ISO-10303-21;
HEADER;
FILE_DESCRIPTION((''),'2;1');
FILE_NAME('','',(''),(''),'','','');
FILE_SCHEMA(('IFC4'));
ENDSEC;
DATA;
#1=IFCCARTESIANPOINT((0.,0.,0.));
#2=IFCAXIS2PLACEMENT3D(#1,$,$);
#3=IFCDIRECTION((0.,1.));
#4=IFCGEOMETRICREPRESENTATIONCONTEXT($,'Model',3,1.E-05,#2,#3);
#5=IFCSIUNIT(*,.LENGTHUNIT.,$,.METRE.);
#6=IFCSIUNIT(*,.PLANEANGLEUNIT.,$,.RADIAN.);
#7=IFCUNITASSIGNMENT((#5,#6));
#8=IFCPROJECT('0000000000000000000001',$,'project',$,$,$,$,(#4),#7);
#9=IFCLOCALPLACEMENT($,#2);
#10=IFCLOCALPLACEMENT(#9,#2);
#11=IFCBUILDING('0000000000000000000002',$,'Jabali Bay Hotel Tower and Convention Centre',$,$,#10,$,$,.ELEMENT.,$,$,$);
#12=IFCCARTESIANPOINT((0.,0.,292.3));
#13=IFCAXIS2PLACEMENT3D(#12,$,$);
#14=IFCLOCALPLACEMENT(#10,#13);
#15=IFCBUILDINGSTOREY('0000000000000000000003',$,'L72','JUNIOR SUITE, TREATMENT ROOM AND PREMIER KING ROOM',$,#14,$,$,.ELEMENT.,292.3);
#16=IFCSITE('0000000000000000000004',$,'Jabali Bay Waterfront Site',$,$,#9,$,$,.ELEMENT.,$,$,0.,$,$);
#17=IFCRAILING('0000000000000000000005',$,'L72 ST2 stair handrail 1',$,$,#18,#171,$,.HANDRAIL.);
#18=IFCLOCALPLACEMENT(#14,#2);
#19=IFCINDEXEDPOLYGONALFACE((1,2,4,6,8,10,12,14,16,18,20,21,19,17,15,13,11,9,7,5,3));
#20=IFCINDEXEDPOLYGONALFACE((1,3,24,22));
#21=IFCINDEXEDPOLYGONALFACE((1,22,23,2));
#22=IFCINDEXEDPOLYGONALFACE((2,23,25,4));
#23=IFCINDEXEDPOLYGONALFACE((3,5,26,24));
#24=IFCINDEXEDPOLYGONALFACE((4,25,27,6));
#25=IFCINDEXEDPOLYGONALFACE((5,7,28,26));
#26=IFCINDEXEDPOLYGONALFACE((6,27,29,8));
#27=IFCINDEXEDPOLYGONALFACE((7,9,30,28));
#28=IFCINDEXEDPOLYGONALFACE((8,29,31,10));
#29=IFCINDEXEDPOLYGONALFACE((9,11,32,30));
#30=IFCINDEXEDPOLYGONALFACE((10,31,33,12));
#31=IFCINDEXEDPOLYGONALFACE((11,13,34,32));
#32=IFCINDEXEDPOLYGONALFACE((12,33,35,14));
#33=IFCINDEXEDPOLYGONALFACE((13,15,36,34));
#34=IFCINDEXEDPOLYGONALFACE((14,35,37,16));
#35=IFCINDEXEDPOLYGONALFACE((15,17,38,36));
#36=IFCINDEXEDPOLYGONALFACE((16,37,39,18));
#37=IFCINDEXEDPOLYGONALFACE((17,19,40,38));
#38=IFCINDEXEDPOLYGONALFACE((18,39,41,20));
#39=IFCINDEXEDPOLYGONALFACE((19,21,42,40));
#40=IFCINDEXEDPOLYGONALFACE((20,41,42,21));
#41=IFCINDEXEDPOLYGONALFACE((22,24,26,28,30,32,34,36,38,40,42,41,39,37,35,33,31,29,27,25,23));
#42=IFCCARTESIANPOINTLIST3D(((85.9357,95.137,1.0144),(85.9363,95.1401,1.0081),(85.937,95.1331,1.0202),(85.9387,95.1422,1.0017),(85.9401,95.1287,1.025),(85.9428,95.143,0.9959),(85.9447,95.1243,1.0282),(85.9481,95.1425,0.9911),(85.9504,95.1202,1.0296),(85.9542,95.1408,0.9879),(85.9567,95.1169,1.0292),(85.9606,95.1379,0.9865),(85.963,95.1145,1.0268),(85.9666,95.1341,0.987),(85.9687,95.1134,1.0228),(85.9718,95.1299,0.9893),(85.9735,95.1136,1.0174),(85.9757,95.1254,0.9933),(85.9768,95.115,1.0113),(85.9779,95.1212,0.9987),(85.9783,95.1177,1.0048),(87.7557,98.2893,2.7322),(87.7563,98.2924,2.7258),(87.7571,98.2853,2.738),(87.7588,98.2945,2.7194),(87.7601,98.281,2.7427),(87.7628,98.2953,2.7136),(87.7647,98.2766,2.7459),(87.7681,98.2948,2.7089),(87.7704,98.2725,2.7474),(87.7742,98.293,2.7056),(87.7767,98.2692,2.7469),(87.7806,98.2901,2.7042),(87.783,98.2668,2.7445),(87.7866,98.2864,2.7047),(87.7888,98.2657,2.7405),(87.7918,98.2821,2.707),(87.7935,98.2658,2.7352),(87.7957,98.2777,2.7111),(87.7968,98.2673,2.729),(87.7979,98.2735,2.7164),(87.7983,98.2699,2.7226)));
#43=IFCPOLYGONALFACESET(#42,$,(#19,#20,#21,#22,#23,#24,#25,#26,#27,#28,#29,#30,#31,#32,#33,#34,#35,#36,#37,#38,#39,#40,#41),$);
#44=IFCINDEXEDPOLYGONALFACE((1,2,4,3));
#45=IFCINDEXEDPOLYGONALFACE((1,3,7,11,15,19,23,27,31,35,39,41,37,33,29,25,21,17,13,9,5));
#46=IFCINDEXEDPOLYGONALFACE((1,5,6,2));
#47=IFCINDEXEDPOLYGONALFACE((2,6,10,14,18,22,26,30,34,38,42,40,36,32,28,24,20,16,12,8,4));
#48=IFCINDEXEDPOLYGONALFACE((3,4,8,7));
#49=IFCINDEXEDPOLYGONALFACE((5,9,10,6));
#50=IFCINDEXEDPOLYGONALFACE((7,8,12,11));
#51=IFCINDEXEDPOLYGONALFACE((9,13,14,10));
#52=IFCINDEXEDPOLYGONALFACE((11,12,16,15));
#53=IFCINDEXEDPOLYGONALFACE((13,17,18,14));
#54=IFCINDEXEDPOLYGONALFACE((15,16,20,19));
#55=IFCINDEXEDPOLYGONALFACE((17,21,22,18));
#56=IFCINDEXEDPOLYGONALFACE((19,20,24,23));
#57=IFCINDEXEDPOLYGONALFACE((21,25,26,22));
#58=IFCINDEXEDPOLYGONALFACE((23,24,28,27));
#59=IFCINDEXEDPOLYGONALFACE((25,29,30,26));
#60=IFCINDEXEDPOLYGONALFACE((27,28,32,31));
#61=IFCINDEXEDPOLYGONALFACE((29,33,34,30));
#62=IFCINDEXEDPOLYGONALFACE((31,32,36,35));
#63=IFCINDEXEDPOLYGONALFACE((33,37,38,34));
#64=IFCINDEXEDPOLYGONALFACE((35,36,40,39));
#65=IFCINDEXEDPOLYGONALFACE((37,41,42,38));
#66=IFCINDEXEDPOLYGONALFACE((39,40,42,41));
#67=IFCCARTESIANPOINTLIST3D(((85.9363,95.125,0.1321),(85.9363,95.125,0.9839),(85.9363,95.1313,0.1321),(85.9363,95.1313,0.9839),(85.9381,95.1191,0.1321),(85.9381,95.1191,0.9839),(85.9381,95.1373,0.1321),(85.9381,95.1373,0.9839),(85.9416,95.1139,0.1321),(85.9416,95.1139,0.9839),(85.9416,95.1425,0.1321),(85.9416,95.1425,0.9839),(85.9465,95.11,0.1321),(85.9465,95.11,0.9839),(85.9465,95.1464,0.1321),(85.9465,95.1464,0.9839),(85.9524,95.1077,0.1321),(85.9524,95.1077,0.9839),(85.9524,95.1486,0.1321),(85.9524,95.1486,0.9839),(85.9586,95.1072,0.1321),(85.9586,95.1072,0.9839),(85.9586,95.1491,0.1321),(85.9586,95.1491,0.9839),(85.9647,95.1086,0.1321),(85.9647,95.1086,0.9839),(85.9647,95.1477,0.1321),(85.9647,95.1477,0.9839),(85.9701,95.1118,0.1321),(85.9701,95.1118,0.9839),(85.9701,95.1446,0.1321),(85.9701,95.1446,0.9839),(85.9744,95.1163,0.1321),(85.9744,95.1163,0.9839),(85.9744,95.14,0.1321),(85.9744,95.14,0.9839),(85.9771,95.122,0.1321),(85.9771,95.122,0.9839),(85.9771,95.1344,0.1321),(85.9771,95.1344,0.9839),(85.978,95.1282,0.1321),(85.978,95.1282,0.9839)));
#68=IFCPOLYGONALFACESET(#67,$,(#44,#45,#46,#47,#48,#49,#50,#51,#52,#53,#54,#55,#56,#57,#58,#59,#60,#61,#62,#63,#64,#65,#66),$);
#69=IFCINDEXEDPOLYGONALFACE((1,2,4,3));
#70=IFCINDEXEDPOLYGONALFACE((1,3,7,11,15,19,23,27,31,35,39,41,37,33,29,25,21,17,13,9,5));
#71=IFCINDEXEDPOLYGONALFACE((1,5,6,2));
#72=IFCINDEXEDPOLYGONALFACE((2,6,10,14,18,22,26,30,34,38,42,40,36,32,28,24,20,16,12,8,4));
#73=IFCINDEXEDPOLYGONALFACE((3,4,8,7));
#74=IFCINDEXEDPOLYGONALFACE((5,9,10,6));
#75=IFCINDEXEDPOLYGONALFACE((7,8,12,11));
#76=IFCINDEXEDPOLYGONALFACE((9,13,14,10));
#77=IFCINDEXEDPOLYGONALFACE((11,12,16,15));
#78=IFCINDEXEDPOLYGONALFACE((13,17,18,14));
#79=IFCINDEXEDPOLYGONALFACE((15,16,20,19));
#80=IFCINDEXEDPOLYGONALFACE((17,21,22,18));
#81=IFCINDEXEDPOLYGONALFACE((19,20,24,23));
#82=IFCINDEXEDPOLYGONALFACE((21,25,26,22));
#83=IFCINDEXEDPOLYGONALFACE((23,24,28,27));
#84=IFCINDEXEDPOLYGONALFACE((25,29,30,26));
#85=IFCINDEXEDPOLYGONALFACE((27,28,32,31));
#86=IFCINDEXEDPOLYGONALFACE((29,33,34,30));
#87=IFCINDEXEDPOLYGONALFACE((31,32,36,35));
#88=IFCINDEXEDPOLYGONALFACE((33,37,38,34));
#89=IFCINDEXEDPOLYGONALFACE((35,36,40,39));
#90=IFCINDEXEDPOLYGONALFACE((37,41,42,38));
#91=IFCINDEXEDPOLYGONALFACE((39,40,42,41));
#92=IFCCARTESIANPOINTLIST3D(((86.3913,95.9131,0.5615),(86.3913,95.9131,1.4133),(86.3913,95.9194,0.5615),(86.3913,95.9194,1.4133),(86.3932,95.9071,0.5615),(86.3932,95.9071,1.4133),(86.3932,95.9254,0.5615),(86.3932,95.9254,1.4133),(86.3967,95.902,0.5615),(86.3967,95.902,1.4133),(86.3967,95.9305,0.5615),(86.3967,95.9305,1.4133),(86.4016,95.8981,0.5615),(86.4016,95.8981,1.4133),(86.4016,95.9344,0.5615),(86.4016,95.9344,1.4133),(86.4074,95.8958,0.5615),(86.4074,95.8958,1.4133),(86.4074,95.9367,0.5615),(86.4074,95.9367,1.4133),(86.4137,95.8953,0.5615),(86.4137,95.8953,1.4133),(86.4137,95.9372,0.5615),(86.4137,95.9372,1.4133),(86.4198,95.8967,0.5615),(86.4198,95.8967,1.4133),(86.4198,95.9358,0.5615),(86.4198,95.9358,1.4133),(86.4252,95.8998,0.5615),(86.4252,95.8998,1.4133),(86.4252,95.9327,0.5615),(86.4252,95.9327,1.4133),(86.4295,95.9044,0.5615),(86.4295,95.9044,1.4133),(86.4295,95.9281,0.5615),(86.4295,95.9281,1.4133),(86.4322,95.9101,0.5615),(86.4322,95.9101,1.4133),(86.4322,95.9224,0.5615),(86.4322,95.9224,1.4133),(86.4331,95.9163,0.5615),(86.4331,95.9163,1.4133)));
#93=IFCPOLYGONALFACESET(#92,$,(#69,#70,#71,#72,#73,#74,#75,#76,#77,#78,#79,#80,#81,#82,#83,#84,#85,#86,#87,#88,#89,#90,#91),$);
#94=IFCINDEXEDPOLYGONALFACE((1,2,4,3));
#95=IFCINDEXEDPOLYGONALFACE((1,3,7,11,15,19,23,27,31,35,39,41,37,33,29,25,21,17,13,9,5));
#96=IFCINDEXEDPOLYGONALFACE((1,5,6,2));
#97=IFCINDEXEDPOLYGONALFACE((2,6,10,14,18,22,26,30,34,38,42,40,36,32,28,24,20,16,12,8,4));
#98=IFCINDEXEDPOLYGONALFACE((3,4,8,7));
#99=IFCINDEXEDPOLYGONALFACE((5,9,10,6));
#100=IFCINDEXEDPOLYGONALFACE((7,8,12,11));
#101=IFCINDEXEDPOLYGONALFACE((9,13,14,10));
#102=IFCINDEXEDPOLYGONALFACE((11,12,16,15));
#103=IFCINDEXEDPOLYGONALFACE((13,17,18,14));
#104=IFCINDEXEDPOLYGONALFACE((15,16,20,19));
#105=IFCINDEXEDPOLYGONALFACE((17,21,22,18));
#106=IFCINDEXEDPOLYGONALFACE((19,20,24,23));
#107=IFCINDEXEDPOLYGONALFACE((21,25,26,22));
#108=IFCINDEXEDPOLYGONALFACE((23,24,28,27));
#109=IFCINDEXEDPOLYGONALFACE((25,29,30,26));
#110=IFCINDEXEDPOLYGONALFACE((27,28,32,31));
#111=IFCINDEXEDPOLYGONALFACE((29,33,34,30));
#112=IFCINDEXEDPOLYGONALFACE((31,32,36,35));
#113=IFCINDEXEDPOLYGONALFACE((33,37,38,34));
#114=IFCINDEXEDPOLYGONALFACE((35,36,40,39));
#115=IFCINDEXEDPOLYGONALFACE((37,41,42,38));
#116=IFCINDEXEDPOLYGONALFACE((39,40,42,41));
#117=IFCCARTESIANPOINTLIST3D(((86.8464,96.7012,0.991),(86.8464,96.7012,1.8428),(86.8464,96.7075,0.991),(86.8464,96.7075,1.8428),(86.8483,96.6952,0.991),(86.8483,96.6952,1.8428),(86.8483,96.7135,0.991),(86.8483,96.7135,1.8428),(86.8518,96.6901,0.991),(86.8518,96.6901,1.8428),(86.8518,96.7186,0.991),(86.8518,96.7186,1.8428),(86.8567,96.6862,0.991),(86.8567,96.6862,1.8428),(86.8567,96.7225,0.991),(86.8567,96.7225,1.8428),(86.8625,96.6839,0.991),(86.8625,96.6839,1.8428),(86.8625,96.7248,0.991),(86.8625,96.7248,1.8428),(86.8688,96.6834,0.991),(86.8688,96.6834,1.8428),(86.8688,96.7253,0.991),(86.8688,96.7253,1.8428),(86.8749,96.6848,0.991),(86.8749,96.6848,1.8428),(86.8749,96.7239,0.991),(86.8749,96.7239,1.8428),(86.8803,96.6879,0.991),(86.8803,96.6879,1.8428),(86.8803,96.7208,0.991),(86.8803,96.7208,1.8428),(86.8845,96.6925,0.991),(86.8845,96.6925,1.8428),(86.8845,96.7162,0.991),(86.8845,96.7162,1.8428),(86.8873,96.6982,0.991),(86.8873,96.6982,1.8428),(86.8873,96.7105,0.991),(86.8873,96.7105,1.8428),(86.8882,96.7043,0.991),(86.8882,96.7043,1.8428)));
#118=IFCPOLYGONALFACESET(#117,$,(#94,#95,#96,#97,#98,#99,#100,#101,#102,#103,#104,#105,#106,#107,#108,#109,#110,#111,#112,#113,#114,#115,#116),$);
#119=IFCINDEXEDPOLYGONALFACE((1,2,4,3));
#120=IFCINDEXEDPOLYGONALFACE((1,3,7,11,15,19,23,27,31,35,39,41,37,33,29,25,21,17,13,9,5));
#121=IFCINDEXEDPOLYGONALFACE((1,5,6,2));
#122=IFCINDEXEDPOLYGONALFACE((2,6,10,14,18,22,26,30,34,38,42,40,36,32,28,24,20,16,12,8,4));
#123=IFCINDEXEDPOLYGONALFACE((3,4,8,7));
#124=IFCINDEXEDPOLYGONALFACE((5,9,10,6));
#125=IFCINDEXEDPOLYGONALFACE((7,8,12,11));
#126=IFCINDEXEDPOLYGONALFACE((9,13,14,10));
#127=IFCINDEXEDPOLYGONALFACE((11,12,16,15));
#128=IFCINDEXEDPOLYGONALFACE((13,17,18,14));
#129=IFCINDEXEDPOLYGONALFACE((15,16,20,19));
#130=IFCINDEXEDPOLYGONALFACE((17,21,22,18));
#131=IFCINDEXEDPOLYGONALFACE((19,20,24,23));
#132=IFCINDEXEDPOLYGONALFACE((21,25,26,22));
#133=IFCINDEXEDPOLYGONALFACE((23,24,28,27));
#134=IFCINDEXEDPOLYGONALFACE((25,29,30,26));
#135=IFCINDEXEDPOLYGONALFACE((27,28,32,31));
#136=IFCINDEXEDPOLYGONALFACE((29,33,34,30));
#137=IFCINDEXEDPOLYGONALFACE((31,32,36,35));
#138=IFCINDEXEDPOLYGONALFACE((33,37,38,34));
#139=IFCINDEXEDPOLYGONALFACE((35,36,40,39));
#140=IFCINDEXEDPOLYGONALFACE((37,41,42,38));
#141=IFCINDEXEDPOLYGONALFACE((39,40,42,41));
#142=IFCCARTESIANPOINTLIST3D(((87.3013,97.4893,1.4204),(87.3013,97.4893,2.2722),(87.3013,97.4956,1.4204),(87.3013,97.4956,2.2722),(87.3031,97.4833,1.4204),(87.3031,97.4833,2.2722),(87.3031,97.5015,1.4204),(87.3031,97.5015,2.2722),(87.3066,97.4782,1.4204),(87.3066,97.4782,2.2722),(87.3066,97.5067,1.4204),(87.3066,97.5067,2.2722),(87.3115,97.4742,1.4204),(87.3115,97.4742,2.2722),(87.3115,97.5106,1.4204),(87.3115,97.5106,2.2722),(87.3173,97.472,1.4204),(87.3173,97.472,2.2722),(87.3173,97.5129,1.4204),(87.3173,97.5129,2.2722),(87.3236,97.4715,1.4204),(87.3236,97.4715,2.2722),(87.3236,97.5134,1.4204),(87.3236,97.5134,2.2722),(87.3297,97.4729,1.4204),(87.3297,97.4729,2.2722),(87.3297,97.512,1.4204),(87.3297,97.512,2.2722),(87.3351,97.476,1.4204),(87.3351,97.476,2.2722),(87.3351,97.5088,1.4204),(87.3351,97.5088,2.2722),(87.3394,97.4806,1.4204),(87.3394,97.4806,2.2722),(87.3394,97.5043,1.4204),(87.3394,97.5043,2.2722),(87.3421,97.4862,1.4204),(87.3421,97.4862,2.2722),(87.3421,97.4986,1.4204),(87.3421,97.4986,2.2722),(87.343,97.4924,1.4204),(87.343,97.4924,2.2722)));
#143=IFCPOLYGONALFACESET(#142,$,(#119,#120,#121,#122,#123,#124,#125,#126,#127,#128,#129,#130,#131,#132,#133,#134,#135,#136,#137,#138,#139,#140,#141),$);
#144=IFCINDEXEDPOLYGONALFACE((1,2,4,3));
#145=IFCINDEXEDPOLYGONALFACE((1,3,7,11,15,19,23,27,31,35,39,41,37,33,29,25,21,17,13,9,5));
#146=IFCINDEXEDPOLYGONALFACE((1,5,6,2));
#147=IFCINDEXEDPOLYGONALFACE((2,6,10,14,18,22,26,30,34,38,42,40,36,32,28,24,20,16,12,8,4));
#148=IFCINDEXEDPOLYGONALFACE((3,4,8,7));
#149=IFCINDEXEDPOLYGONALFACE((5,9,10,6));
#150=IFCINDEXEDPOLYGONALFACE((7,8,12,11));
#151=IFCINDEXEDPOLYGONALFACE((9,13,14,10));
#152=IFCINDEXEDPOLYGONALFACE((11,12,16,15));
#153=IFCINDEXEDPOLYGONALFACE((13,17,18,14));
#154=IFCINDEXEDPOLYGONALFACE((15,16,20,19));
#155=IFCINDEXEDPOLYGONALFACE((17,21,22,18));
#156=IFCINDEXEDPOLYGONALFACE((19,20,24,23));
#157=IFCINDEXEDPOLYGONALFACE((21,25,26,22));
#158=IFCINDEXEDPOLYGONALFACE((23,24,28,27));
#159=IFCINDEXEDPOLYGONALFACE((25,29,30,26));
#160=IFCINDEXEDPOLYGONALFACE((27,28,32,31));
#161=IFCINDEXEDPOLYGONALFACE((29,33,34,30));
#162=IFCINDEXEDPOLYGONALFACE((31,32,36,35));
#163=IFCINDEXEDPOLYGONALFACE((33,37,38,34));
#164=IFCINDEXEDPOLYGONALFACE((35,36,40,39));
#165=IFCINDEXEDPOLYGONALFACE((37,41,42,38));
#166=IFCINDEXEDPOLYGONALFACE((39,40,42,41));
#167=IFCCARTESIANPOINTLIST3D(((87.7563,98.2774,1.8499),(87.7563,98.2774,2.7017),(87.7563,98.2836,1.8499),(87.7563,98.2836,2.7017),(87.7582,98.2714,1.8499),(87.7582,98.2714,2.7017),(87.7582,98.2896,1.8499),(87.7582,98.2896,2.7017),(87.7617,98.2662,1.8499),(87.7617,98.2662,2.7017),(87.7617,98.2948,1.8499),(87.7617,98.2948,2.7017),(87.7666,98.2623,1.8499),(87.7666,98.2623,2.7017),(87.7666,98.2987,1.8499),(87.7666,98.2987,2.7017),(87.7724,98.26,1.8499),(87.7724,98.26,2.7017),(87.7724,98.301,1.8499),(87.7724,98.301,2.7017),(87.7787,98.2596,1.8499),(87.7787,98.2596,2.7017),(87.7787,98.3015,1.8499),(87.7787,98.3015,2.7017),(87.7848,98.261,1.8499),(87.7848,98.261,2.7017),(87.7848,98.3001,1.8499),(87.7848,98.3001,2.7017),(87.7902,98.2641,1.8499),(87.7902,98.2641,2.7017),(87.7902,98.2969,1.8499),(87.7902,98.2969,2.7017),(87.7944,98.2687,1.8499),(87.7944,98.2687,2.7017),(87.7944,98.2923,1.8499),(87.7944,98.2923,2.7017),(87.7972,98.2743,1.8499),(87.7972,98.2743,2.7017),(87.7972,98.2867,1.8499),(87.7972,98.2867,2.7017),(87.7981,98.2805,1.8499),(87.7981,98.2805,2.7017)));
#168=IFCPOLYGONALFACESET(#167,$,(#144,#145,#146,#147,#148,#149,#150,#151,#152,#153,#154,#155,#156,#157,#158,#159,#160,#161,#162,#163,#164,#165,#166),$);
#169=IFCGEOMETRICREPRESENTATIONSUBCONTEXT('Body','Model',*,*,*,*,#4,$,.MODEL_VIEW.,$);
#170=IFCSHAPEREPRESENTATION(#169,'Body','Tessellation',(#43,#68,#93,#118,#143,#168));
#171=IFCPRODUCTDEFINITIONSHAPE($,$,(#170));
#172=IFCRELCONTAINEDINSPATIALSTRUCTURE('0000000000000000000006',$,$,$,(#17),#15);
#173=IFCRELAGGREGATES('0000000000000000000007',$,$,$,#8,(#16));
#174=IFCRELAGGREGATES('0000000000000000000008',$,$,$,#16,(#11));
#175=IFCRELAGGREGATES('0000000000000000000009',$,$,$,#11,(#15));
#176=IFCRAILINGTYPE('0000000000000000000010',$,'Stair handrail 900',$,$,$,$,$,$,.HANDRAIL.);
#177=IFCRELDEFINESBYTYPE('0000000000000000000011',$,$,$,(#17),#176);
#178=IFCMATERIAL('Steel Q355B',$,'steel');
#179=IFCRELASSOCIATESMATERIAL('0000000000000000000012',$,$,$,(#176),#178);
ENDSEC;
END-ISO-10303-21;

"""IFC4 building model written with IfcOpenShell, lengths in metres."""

from ifc_helpers import new_model, si_unit, direction, frame, origin, origin_2d, place, context, subcontext, project, spatial, circle, extrude, material, type_object, element, save


model = new_model("IFC4")

# Units and contexts
model_context = context("Model", 3, precision=1e-05, world=origin(), true_north=direction((0.0, 1.0)))
body_context = subcontext(model_context, "Body", "Model", "MODEL_VIEW")
ifc_project = project(units=[si_unit("LENGTHUNIT", "METRE"), si_unit("PLANEANGLEUNIT", "RADIAN")], contexts=[model_context])

# Site, building, storey
site_placement = place(None, origin())
site = spatial("IfcSite", under=ifc_project, at=site_placement, Name="Jabali Bay Waterfront Site", CompositionType="ELEMENT", RefElevation=0.0)
building_placement = place(site_placement, origin())
building = spatial("IfcBuilding", under=site, at=building_placement, Name="Jabali Bay Hotel Tower and Convention Centre", CompositionType="ELEMENT")
storey_placement = place(building_placement, frame((0.0, 0.0, 292.3)))
storey = spatial("IfcBuildingStorey", under=building, at=storey_placement, Name="L72", Description="JUNIOR SUITE, TREATMENT ROOM AND PREMIER KING ROOM", CompositionType="ELEMENT", Elevation=292.3)

# Railing
ifc_material_1 = material(Name="Steel Q355B", Category="steel")
railing_type_1 = type_object("IfcRailingType", Name="Stair handrail 900", PredefinedType="HANDRAIL", material=ifc_material_1)
railing_1_placement = place(storey_placement, frame((85.957, 95.1282, 0.1321)))
element("IfcRailing", 1, at=railing_1_placement, inside=storey, type_object=railing_type_1, Name="L72 ST2 stair handrail 1", PredefinedType="HANDRAIL", context=body_context, shape_type="SweptSolid", body=[
    extrude(circle(Radius=0.0239, at=origin_2d()), frame((0.0, 0.0, 0.876), z_axis=(0.45219, 0.78319, 0.426775), x_axis=(-0.866018, 0.500013, 0.0)), (0.0, 0.0, 1.0), 4.0249),
    extrude(circle(Radius=0.021, at=origin_2d()), origin(), (0.0, 0.0, 1.0), 0.8518),
    extrude(circle(Radius=0.021, at=origin_2d()), frame((0.4551, 0.7881, 0.4294)), (0.0, 0.0, 1.0), 0.8518),
    extrude(circle(Radius=0.021, at=origin_2d()), frame((0.9102, 1.5762, 0.8589)), (0.0, 0.0, 1.0), 0.8518),
    extrude(circle(Radius=0.021, at=origin_2d()), frame((1.365, 2.3643, 1.2883)), (0.0, 0.0, 1.0), 0.8518),
    extrude(circle(Radius=0.021, at=origin_2d()), frame((1.8201, 3.1523, 1.7178)), (0.0, 0.0, 1.0), 0.8518),
])

save(model, "model.ifc")
